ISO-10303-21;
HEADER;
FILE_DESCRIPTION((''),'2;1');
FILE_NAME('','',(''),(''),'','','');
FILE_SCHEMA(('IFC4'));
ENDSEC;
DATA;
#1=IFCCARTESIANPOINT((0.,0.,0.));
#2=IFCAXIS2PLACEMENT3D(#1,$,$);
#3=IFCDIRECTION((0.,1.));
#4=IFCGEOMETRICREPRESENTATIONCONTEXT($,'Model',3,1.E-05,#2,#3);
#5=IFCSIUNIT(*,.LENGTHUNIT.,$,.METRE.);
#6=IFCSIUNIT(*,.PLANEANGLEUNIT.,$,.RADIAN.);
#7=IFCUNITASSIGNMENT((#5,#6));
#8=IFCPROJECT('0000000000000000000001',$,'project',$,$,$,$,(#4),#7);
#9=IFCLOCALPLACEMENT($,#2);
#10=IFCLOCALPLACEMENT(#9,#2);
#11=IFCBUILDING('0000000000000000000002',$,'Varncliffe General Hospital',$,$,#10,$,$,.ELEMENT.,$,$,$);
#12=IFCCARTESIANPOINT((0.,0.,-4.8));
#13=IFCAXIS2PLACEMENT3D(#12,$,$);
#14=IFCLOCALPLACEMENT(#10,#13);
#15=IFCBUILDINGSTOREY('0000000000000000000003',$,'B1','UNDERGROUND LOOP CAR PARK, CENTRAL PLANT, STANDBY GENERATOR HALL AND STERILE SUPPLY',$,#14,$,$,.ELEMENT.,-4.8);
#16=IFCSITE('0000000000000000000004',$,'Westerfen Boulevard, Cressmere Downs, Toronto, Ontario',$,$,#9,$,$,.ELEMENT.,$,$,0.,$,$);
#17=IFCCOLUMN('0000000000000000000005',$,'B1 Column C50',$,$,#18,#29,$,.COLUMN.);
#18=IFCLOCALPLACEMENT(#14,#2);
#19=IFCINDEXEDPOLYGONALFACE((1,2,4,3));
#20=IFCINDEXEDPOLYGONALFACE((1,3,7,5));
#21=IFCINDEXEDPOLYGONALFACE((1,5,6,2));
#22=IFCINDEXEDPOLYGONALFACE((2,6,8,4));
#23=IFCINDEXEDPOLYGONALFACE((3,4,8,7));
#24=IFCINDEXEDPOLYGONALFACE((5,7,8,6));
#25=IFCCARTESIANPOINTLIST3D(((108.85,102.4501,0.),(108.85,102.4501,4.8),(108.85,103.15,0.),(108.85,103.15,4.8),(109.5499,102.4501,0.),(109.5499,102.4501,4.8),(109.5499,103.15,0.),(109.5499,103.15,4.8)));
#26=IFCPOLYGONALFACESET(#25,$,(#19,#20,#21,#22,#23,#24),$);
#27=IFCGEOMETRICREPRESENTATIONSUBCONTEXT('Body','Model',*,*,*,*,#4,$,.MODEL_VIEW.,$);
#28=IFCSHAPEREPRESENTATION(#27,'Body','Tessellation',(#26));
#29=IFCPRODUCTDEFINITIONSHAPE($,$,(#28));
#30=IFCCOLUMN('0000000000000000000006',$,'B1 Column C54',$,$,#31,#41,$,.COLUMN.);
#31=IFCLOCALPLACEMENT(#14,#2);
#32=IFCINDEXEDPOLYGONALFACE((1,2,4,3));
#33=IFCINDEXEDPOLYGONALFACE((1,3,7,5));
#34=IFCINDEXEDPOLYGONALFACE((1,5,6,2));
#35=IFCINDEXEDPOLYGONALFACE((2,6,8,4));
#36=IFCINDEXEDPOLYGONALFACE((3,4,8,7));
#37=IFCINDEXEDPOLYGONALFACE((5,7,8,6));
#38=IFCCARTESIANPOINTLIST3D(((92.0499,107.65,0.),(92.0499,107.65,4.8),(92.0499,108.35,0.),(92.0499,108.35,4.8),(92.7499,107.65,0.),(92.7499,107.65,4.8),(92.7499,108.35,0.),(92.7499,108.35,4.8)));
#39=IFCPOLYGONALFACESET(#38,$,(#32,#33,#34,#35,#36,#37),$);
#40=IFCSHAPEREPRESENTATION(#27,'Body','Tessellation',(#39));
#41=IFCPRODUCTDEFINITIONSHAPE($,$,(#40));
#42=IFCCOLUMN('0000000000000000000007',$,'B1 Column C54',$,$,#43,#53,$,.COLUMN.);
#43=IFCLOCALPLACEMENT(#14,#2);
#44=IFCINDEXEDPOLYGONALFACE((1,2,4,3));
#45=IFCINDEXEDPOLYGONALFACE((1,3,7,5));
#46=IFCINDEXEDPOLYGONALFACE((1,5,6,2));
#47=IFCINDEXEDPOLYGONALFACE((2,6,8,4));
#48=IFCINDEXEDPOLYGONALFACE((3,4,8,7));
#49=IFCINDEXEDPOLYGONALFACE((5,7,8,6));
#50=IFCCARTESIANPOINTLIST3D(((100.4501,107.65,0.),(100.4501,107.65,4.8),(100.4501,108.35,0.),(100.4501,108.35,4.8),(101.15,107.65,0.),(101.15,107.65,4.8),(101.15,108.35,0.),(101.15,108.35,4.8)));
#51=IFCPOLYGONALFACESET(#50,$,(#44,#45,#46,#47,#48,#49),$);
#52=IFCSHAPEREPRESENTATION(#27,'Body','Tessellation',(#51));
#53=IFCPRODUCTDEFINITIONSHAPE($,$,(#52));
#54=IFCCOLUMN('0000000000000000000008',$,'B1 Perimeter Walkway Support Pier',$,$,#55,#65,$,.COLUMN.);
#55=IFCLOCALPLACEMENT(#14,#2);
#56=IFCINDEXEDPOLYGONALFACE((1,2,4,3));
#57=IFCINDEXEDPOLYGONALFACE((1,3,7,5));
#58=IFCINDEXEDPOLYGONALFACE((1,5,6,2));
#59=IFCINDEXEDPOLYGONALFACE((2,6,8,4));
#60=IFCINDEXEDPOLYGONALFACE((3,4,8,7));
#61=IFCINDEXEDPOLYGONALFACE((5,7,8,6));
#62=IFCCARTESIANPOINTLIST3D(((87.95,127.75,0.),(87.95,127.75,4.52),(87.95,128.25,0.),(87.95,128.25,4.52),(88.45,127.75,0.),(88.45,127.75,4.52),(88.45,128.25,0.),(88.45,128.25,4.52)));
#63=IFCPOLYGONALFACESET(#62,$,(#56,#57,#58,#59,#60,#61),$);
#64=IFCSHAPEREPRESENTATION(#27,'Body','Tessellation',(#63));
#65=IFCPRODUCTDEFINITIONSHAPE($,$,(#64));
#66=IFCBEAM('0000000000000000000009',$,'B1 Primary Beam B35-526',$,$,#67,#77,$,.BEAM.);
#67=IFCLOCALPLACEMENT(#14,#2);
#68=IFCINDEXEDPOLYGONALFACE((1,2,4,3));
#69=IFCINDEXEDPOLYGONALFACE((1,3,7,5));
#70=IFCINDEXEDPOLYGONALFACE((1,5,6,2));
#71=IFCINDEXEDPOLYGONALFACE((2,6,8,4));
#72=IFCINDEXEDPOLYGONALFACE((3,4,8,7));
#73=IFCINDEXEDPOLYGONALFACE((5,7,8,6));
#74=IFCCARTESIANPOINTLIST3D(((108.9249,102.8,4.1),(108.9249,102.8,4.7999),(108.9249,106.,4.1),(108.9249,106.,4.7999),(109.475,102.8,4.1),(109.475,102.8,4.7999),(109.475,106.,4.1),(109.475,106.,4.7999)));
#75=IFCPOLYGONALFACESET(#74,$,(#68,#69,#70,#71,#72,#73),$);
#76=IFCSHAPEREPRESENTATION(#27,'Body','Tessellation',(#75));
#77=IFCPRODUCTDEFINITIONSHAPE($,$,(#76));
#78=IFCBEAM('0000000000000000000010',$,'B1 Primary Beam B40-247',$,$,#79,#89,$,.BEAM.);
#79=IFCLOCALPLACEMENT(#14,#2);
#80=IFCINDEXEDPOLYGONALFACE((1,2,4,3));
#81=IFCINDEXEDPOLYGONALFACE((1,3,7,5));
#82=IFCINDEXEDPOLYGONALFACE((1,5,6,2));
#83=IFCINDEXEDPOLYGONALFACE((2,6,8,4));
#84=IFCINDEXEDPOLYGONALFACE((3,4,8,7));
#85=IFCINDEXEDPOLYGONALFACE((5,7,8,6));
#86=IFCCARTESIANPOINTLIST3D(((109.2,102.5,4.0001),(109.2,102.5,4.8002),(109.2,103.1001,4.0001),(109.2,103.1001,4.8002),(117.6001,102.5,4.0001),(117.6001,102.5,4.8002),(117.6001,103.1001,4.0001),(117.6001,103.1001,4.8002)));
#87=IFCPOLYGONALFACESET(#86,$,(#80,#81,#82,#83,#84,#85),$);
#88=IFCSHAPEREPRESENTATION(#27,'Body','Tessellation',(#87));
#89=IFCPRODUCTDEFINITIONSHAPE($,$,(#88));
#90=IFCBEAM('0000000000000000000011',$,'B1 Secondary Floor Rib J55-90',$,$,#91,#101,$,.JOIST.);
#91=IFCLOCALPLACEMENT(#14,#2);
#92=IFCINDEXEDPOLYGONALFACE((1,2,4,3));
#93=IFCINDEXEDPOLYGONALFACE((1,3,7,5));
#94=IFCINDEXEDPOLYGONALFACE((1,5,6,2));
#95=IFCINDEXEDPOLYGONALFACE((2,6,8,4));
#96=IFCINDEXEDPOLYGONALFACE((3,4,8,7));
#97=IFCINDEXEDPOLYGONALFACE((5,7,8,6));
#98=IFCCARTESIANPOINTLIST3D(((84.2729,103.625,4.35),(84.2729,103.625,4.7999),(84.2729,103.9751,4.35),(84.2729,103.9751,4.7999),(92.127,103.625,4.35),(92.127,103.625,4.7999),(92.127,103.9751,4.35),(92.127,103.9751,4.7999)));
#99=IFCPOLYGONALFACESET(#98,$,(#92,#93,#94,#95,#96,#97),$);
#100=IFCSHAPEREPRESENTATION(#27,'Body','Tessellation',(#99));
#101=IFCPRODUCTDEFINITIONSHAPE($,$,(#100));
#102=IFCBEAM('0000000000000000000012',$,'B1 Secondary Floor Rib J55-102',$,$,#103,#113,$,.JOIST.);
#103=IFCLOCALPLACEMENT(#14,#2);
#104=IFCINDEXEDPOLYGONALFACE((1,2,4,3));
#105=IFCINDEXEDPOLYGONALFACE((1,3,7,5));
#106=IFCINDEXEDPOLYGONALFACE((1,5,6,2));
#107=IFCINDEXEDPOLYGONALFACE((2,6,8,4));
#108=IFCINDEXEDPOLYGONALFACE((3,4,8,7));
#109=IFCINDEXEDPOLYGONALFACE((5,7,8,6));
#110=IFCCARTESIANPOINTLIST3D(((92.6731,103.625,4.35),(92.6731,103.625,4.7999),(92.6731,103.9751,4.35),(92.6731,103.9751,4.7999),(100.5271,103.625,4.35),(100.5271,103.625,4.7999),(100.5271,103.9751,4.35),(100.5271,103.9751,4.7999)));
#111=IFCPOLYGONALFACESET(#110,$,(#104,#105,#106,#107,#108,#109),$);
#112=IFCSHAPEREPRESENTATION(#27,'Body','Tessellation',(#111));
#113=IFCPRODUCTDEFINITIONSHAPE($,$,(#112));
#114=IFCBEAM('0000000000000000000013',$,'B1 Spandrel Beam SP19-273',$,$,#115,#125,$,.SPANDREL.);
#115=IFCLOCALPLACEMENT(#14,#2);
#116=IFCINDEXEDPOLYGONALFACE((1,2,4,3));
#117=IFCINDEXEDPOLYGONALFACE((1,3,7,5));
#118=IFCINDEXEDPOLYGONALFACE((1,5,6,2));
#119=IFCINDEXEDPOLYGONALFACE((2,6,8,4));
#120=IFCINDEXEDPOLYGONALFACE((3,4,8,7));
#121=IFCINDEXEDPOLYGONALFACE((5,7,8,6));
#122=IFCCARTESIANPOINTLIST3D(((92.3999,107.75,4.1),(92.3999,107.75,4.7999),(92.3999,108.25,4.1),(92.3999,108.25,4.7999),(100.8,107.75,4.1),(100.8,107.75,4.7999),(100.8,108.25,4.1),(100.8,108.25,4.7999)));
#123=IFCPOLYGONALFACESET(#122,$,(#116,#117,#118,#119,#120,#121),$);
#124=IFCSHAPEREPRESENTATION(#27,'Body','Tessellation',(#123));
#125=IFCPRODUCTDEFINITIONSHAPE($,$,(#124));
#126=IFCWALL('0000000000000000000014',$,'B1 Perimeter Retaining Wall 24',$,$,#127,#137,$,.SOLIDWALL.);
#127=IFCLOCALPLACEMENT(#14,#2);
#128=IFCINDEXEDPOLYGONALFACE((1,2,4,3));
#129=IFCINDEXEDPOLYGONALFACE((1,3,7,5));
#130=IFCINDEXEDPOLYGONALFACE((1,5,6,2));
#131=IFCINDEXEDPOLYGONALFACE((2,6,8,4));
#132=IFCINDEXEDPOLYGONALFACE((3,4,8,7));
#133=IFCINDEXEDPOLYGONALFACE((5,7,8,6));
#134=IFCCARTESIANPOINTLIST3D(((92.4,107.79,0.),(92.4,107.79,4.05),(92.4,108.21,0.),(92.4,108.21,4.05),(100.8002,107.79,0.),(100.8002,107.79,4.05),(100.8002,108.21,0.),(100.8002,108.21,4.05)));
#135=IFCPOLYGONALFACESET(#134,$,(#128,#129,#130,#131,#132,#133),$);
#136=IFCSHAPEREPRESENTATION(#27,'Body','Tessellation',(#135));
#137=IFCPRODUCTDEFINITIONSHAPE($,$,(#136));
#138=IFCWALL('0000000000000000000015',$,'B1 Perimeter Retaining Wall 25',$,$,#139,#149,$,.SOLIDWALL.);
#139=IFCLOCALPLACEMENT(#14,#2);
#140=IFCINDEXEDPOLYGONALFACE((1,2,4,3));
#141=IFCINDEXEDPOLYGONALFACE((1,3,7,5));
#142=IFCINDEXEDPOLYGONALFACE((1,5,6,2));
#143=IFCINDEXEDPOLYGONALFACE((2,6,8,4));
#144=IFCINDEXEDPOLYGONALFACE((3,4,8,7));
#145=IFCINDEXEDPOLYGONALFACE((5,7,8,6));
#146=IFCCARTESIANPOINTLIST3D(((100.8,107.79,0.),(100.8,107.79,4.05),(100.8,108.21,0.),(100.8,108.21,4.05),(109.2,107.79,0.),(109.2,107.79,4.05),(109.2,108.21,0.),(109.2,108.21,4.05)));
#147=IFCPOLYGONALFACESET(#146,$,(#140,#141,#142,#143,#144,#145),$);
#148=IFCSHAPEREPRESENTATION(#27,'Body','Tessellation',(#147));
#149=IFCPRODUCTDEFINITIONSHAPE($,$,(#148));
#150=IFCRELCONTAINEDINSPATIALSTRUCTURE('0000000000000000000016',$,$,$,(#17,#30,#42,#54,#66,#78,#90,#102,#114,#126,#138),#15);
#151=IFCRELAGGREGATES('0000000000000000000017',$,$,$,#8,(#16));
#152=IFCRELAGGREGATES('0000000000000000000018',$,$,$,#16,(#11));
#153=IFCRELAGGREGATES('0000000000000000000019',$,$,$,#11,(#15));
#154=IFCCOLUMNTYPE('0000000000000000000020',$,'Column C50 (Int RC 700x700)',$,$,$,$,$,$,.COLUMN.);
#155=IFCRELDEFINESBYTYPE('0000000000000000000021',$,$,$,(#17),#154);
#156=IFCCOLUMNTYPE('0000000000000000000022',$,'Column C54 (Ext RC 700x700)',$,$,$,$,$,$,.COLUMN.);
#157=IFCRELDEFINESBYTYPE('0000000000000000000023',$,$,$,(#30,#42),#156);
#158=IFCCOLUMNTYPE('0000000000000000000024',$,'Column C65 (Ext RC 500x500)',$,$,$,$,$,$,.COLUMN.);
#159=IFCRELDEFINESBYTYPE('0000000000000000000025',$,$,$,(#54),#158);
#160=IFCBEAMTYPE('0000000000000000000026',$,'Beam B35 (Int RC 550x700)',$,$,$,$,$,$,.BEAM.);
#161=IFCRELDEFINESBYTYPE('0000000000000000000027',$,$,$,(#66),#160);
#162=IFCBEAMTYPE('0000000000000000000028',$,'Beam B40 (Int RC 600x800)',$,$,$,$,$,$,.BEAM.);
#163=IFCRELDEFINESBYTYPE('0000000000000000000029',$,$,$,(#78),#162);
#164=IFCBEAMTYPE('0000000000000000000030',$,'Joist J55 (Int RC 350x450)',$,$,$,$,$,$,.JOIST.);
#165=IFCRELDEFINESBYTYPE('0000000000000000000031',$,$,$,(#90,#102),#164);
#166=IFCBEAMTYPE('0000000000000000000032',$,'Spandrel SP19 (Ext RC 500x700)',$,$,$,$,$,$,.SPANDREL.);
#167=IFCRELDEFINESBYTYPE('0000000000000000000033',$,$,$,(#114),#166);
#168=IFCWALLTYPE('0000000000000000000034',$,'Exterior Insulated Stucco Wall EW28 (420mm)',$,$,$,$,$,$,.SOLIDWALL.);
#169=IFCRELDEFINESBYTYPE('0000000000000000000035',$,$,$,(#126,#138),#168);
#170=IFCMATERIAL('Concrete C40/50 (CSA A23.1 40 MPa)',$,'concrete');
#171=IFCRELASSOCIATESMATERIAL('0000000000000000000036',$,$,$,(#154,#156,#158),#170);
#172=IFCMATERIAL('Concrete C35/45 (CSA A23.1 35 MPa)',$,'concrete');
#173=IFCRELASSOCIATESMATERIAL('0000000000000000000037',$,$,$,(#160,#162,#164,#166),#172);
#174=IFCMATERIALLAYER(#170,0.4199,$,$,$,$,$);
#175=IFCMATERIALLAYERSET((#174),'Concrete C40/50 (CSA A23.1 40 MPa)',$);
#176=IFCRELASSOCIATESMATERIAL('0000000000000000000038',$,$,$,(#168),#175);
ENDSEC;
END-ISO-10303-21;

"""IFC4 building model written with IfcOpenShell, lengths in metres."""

from ifc_helpers import new_model, si_unit, direction, frame, frame_2d, origin, origin_2d, place, context, subcontext, project, spatial, rectangle, extrude, material, layer, layer_set, material_profile, profile_set, type_object, element, save


model = new_model("IFC4")

# Units and contexts
model_context = context("Model", 3, precision=1e-05, world=origin(), true_north=direction((0.0, 1.0)))
body_context = subcontext(model_context, "Body", "Model", "MODEL_VIEW")
ifc_project = project(units=[si_unit("LENGTHUNIT", "METRE"), si_unit("PLANEANGLEUNIT", "RADIAN")], contexts=[model_context])

# Site, building, storey
site_placement = place(None, origin())
site = spatial("IfcSite", under=ifc_project, at=site_placement, Name="Westerfen Boulevard, Cressmere Downs, Toronto, Ontario", CompositionType="ELEMENT", RefElevation=0.0)
building_placement = place(site_placement, origin())
building = spatial("IfcBuilding", under=site, at=building_placement, Name="Varncliffe General Hospital", CompositionType="ELEMENT")
storey_placement = place(building_placement, frame((0.0, 0.0, -4.8)))
storey = spatial("IfcBuildingStorey", under=building, at=storey_placement, Name="B1", Description="UNDERGROUND LOOP CAR PARK, CENTRAL PLANT, STANDBY GENERATOR HALL AND STERILE SUPPLY", CompositionType="ELEMENT", Elevation=-4.8)

# Shared definitions
ifc_material_1 = material(Name="Concrete C40/50 (CSA A23.1 40 MPa)", Category="concrete")

# Columns
ifc_material_profile_1 = material_profile(ifc_material_1, rectangle(XDim=0.7, YDim=0.7, at=origin_2d()), Name="RC 700x700")
ifc_profile_set_1 = profile_set([ifc_material_profile_1], Name="Concrete C40/50 (CSA A23.1 40 MPa)")
column_type_1 = type_object("IfcColumnType", Name="Column C50 (Int RC 700x700)", PredefinedType="COLUMN", material=ifc_profile_set_1)
column_1_placement = place(storey_placement, frame((109.2, 102.8, 0.0), z_axis=(0.0, 0.0, 1.0), x_axis=(1.0, 0.0, 0.0)))
element("IfcColumn", 1, at=column_1_placement, inside=storey, type_object=column_type_1, Name="B1 Column C50", PredefinedType="COLUMN", context=body_context, shape_type="SweptSolid", body=[
    extrude(rectangle(XDim=0.7, YDim=0.7, at=origin_2d()), origin(), (0.0, 0.0, 1.0), 4.8),
])
ifc_material_profile_2 = material_profile(ifc_material_1, rectangle(XDim=0.7, YDim=0.7, at=origin_2d()), Name="RC 700x700")
ifc_profile_set_2 = profile_set([ifc_material_profile_2], Name="Concrete C40/50 (CSA A23.1 40 MPa)")
column_type_2 = type_object("IfcColumnType", Name="Column C54 (Ext RC 700x700)", PredefinedType="COLUMN", material=ifc_profile_set_2)
for number, where, z_axis, x_axis, name in (
    (2, (92.3999, 108.0, 0.0), (0.0, 0.0, 1.0), (1.0, 0.0, 0.0), "B1 Column C54"),
    (3, (100.8, 108.0, 0.0), (0.0, 0.0, 1.0), (1.0, 0.0, 0.0), "B1 Column C54"),
):
    element("IfcColumn", number, at=place(storey_placement, frame(where, z_axis=z_axis, x_axis=x_axis)), inside=storey, type_object=column_type_2, Name=name, PredefinedType="COLUMN", context=body_context, shape_type="SweptSolid", body=[
        extrude(rectangle(XDim=0.7, YDim=0.7, at=origin_2d()), origin(), (0.0, 0.0, 1.0), 4.8),
    ])
ifc_material_profile_3 = material_profile(ifc_material_1, rectangle(XDim=0.5, YDim=0.5, at=origin_2d()), Name="RC 500x500")
ifc_profile_set_3 = profile_set([ifc_material_profile_3], Name="Concrete C40/50 (CSA A23.1 40 MPa)")
column_type_3 = type_object("IfcColumnType", Name="Column C65 (Ext RC 500x500)", PredefinedType="COLUMN", material=ifc_profile_set_3)
column_2_placement = place(storey_placement, frame((88.2, 128.0, 0.0), z_axis=(0.0, 0.0, 1.0), x_axis=(1.0, 0.0, 0.0)))
element("IfcColumn", 4, at=column_2_placement, inside=storey, type_object=column_type_3, Name="B1 Perimeter Walkway Support Pier", PredefinedType="COLUMN", context=body_context, shape_type="SweptSolid", body=[
    extrude(rectangle(XDim=0.5, YDim=0.5, at=origin_2d()), origin(), (0.0, 0.0, 1.0), 4.52),
])

# Beams
ifc_material_2 = material(Name="Concrete C35/45 (CSA A23.1 35 MPa)", Category="concrete")
ifc_material_profile_4 = material_profile(ifc_material_2, rectangle(XDim=0.55, YDim=0.7, at=origin_2d()), Name="RC 550x700")
ifc_profile_set_4 = profile_set([ifc_material_profile_4], Name="Concrete C35/45 (CSA A23.1 35 MPa)")
beam_type_1 = type_object("IfcBeamType", Name="Beam B35 (Int RC 550x700)", PredefinedType="BEAM", material=ifc_profile_set_4)
beam_1_placement = place(storey_placement, frame((109.2, 102.8, 4.45), z_axis=(0.0, 1.0, 0.0), x_axis=(-1.0, 0.0, 0.0)))
element("IfcBeam", 5, at=beam_1_placement, inside=storey, type_object=beam_type_1, Name="B1 Primary Beam B35-526", PredefinedType="BEAM", context=body_context, shape_type="SweptSolid", body=[
    extrude(rectangle(XDim=0.55, YDim=0.7, at=origin_2d()), origin(), (0.0, 0.0, 1.0), 3.2),
])
ifc_material_profile_5 = material_profile(ifc_material_2, rectangle(XDim=0.6001, YDim=0.8, at=origin_2d()), Name="RC 600x800")
ifc_profile_set_5 = profile_set([ifc_material_profile_5], Name="Concrete C35/45 (CSA A23.1 35 MPa)")
beam_type_2 = type_object("IfcBeamType", Name="Beam B40 (Int RC 600x800)", PredefinedType="BEAM", material=ifc_profile_set_5)
beam_2_placement = place(storey_placement, frame((109.2, 102.8, 4.4001), z_axis=(1.0, 0.0, 0.0), x_axis=(0.0, 1.0, 0.0)))
element("IfcBeam", 6, at=beam_2_placement, inside=storey, type_object=beam_type_2, Name="B1 Primary Beam B40-247", PredefinedType="BEAM", context=body_context, shape_type="SweptSolid", body=[
    extrude(rectangle(XDim=0.6001, YDim=0.8, at=origin_2d()), origin(), (0.0, 0.0, 1.0), 8.4001),
])
ifc_material_profile_6 = material_profile(ifc_material_2, rectangle(XDim=0.3501, YDim=0.45, at=origin_2d()), Name="RC 350x450")
ifc_profile_set_6 = profile_set([ifc_material_profile_6], Name="Concrete C35/45 (CSA A23.1 35 MPa)")
beam_type_3 = type_object("IfcBeamType", Name="Joist J55 (Int RC 350x450)", PredefinedType="JOIST", material=ifc_profile_set_6)
for number, where, z_axis, x_axis, name in (
    (7, (84.2729, 103.8, 4.575), (1.0, 0.0, 0.0), (0.0, 1.0, 0.0), "B1 Secondary Floor Rib J55-90"),
    (8, (92.6731, 103.8, 4.575), (1.0, 0.0, 0.0), (0.0, 1.0, 0.0), "B1 Secondary Floor Rib J55-102"),
):
    element("IfcBeam", number, at=place(storey_placement, frame(where, z_axis=z_axis, x_axis=x_axis)), inside=storey, type_object=beam_type_3, Name=name, PredefinedType="JOIST", context=body_context, shape_type="SweptSolid", body=[
        extrude(rectangle(XDim=0.3501, YDim=0.45, at=origin_2d()), origin(), (0.0, 0.0, 1.0), 7.854),
    ])
ifc_material_profile_7 = material_profile(ifc_material_2, rectangle(XDim=0.5, YDim=0.7, at=origin_2d()), Name="RC 500x700")
ifc_profile_set_7 = profile_set([ifc_material_profile_7], Name="Concrete C35/45 (CSA A23.1 35 MPa)")
beam_type_4 = type_object("IfcBeamType", Name="Spandrel SP19 (Ext RC 500x700)", PredefinedType="SPANDREL", material=ifc_profile_set_7)
beam_3_placement = place(storey_placement, frame((92.3999, 108.0, 4.45), z_axis=(1.0, 0.0, 0.0), x_axis=(0.0, 1.0, 0.0)))
element("IfcBeam", 9, at=beam_3_placement, inside=storey, type_object=beam_type_4, Name="B1 Spandrel Beam SP19-273", PredefinedType="SPANDREL", context=body_context, shape_type="SweptSolid", body=[
    extrude(rectangle(XDim=0.5, YDim=0.7, at=origin_2d()), origin(), (0.0, 0.0, 1.0), 8.4001),
])

# Walls
ifc_layer = layer(ifc_material_1, 0.4199)
ifc_layer_set = layer_set([ifc_layer], Name="Concrete C40/50 (CSA A23.1 40 MPa)")
wall_type = type_object("IfcWallType", Name="Exterior Insulated Stucco Wall EW28 (420mm)", PredefinedType="SOLIDWALL", material=ifc_layer_set)
wall_1_placement = place(storey_placement, frame((92.3999, 108.0, 0.0), z_axis=(0.0, 0.0, 1.0), x_axis=(1.0, 0.0, 0.0)))
element("IfcWall", 10, at=wall_1_placement, inside=storey, type_object=wall_type, Name="B1 Perimeter Retaining Wall 24", PredefinedType="SOLIDWALL", context=body_context, shape_type="SweptSolid", body=[
    extrude(rectangle(XDim=8.4001, YDim=0.4199, at=frame_2d((4.2002, 0.0))), origin(), (0.0, 0.0, 1.0), 4.05),
])
wall_2_placement = place(storey_placement, frame((100.8, 108.0, 0.0), z_axis=(0.0, 0.0, 1.0), x_axis=(1.0, 0.0, 0.0)))
element("IfcWall", 11, at=wall_2_placement, inside=storey, type_object=wall_type, Name="B1 Perimeter Retaining Wall 25", PredefinedType="SOLIDWALL", context=body_context, shape_type="SweptSolid", body=[
    extrude(rectangle(XDim=8.3999, YDim=0.4199, at=frame_2d((4.2, 0.0))), origin(), (0.0, 0.0, 1.0), 4.05),
])

save(model, "model.ifc")
